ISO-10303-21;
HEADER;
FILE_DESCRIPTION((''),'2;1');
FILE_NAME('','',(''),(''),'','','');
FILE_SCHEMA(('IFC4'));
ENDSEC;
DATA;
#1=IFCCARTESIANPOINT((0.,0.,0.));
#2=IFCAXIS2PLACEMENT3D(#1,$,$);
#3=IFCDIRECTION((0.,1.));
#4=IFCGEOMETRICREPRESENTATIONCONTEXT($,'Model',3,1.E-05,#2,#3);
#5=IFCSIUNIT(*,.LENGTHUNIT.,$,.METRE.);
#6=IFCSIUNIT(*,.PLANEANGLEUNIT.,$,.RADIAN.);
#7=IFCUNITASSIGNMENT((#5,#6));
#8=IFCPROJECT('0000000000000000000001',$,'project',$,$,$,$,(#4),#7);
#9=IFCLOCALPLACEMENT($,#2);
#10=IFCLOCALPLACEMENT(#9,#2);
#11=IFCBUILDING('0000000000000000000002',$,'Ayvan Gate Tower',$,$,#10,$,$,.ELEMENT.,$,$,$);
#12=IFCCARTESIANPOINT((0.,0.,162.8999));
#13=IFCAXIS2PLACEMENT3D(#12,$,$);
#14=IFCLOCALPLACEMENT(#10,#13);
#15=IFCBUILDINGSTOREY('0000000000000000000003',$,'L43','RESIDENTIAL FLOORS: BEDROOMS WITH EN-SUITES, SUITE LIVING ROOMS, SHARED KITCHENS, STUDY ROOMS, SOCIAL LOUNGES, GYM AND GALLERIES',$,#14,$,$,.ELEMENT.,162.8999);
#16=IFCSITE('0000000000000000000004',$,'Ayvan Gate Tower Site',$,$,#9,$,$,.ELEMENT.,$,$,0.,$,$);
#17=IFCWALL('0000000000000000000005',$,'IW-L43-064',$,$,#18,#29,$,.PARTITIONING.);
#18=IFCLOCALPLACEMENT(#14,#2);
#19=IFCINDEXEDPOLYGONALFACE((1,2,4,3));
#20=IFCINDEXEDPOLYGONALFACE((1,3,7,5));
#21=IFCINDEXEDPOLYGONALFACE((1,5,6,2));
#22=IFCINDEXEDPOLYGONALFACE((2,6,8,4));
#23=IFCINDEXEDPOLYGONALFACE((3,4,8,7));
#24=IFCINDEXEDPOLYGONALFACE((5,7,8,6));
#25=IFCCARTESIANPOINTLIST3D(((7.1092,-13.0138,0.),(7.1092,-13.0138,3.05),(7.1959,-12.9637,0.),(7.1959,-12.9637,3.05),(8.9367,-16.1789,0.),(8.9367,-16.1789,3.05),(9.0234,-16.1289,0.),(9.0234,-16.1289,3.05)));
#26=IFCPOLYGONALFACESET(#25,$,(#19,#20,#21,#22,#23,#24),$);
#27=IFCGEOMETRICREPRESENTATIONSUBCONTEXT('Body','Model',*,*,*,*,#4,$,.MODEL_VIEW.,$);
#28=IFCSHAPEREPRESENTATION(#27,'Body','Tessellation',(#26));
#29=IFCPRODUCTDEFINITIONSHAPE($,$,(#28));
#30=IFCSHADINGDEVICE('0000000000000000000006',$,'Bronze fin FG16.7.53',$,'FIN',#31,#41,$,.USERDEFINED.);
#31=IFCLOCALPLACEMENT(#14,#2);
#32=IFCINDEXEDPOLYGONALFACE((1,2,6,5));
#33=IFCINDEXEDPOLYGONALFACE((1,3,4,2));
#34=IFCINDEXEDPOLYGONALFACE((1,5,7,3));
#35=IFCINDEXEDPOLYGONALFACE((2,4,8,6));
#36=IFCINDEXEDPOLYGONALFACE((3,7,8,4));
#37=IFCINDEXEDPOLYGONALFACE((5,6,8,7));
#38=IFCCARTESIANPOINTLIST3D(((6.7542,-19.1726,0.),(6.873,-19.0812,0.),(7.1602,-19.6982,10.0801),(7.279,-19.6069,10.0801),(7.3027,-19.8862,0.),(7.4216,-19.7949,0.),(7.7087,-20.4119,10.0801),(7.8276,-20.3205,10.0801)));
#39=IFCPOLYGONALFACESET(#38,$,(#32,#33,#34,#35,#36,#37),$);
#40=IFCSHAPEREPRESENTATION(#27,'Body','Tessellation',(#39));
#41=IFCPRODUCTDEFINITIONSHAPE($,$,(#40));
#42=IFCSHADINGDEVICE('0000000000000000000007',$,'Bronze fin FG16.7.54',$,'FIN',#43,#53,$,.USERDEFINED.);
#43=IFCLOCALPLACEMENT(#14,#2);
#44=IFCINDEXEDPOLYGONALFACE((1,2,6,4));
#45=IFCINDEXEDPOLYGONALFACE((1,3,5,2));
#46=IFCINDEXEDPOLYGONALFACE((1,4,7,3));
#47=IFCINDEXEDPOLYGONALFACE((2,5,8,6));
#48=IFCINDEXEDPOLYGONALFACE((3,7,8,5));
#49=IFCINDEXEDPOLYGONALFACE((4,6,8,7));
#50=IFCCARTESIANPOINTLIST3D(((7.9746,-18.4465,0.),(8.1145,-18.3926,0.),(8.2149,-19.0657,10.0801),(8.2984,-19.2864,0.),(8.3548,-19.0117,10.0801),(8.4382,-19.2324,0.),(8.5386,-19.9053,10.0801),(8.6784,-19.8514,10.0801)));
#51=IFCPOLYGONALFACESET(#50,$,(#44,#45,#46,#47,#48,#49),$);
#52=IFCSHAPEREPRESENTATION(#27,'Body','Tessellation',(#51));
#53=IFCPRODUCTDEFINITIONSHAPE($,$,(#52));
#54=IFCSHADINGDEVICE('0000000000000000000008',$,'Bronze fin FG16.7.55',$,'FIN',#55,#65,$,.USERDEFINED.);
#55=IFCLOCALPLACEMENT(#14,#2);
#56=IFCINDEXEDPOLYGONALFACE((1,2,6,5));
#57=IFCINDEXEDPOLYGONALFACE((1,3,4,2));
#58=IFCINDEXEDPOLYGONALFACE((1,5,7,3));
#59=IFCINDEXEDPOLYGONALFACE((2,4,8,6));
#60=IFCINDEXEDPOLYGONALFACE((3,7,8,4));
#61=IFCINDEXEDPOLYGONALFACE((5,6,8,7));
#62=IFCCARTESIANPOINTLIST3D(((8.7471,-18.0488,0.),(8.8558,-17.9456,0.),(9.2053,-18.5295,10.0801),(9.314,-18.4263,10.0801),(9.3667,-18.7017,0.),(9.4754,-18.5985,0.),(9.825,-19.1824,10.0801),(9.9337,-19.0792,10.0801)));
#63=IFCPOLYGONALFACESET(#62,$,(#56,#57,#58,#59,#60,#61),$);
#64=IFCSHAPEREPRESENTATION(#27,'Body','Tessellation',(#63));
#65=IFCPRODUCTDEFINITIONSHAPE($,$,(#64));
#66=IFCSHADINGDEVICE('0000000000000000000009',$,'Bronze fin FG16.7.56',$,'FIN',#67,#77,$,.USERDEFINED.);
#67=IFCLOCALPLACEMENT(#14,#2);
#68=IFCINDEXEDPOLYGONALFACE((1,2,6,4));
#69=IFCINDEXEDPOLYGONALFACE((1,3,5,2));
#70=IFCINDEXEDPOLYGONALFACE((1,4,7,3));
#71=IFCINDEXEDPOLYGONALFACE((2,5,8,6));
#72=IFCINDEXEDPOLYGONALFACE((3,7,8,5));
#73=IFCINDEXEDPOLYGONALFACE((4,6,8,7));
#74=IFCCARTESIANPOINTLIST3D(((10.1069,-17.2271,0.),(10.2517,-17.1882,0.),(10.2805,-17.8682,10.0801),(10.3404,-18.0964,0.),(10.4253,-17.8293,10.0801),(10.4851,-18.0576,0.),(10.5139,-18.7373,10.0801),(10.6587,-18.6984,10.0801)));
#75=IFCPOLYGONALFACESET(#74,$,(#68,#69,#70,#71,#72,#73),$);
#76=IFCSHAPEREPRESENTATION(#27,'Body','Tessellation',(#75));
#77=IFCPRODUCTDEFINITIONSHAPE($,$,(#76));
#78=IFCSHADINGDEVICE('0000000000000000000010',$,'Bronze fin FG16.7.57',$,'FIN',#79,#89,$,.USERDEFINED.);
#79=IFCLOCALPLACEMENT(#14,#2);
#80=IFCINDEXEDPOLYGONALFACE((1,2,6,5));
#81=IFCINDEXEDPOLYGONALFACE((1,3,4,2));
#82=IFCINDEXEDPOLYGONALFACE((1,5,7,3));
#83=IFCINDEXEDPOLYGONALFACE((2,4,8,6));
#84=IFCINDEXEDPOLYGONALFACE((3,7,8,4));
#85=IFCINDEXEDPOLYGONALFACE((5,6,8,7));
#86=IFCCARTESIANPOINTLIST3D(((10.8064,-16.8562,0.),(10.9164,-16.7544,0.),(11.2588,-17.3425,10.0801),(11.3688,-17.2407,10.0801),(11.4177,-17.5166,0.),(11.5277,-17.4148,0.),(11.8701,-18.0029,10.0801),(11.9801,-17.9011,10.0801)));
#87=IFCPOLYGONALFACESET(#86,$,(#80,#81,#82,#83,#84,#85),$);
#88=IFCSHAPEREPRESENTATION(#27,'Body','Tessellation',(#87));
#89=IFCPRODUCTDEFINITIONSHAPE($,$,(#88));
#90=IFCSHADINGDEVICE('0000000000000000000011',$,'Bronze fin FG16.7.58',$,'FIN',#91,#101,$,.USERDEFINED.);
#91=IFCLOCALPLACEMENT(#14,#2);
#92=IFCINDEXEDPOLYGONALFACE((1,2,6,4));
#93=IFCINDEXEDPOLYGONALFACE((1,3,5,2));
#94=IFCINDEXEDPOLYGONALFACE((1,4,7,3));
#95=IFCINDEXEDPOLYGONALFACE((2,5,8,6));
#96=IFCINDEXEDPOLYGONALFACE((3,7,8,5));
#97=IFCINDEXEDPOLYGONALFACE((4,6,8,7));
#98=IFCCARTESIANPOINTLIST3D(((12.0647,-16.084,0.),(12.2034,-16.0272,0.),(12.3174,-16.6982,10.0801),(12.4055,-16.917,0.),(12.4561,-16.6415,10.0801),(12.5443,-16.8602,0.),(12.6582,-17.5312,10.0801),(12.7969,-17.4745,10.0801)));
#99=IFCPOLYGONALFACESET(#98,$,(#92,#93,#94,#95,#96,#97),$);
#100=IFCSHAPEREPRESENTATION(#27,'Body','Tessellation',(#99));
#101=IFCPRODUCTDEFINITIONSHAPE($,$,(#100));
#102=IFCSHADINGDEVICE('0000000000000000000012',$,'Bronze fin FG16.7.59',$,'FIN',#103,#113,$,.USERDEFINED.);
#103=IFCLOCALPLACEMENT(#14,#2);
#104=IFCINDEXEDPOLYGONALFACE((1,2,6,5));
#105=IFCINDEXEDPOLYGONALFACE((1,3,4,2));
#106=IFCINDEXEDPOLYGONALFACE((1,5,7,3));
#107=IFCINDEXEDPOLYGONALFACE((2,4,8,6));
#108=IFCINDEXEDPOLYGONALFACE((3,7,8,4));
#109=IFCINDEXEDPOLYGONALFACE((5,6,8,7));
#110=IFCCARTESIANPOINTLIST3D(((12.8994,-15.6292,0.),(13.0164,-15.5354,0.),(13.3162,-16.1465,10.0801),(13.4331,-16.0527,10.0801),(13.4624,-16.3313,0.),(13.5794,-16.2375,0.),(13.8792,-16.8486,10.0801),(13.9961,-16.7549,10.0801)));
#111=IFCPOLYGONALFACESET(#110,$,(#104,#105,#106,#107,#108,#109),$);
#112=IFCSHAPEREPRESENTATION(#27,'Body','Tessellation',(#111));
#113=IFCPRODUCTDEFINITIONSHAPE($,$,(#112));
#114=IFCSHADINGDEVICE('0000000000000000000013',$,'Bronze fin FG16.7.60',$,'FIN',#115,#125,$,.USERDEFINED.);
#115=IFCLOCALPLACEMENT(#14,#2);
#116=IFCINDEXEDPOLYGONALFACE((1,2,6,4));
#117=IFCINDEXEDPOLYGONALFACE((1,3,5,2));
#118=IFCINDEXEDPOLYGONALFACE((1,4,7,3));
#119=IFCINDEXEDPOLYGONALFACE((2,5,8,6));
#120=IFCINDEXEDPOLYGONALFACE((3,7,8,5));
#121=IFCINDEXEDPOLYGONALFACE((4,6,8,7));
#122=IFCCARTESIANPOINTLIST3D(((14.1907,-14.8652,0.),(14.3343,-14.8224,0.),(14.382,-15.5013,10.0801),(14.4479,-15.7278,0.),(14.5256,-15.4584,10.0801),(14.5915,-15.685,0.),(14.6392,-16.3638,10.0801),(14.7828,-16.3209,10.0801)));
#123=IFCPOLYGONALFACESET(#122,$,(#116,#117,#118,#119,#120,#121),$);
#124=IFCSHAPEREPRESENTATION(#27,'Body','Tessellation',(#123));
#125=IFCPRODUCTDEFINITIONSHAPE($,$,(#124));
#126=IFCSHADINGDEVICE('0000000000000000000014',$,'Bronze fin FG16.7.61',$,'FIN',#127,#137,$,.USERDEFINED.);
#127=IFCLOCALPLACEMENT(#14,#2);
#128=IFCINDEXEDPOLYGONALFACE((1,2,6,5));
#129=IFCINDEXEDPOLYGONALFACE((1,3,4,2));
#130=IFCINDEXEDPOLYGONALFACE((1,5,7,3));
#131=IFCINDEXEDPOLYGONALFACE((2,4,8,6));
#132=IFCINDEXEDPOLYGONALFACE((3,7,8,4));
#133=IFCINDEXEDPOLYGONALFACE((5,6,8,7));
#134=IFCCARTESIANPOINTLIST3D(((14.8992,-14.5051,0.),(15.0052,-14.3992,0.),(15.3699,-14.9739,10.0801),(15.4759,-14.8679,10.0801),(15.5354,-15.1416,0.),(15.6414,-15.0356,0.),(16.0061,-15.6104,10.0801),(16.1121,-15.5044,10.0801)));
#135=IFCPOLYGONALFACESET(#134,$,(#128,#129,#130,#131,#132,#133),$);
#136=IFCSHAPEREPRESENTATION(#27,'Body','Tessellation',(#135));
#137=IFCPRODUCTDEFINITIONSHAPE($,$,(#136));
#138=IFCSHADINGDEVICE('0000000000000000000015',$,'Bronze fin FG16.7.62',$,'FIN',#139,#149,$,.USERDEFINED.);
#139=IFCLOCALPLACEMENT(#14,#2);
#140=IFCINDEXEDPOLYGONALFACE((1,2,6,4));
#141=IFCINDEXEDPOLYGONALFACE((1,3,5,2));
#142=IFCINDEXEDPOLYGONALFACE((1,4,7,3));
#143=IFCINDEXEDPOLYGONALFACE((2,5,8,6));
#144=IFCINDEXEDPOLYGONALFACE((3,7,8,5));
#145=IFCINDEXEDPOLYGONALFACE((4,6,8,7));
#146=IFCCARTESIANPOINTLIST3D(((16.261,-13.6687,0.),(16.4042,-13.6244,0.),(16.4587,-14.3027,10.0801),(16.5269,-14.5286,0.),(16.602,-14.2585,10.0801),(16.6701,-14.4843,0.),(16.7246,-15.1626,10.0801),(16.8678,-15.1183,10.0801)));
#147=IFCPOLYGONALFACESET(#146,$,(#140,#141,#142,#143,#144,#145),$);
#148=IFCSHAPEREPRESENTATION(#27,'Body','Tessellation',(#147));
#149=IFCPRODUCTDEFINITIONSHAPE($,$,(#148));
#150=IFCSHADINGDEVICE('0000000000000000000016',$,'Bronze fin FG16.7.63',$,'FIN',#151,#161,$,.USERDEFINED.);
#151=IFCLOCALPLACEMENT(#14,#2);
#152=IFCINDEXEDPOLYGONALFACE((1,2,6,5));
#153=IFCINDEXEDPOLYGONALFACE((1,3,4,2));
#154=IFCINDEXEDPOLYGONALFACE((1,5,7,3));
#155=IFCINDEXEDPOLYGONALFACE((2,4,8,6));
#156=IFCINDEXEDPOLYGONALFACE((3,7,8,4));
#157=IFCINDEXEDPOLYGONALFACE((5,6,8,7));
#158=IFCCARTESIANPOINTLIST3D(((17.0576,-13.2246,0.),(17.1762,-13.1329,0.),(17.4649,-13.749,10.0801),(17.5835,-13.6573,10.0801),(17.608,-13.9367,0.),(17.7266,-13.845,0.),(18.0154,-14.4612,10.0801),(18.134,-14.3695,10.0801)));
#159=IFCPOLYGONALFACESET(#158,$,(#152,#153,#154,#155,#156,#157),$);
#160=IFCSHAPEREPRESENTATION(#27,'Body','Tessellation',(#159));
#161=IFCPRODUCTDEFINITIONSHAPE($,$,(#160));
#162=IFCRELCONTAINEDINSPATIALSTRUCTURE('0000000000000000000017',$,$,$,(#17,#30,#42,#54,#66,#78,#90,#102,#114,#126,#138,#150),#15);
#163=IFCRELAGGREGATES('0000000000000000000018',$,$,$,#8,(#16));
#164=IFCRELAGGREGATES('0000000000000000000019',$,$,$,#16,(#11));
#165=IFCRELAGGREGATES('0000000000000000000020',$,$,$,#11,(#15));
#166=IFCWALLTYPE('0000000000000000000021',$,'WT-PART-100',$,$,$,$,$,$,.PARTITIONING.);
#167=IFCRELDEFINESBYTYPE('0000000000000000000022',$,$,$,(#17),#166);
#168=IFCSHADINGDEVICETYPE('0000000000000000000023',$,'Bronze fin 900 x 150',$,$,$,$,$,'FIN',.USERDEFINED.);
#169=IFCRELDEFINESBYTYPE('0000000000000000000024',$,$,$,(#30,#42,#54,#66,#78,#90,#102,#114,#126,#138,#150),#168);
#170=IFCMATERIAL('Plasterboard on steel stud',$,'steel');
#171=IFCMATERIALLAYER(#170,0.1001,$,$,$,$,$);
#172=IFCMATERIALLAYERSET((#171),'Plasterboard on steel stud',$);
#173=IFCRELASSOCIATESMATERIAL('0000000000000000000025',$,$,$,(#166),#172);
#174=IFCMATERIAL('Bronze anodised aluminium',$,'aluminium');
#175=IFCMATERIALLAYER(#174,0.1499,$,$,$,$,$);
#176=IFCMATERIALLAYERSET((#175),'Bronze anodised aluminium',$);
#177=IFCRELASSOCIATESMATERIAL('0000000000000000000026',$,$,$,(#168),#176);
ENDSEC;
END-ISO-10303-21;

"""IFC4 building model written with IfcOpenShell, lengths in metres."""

from ifc_helpers import new_model, si_unit, direction, frame, frame_2d, origin, place, context, subcontext, project, spatial, polyline, rectangle, outline, extrude, material, layer, layer_set, type_object, element, save


model = new_model("IFC4")

# Units and contexts
model_context = context("Model", 3, precision=1e-05, world=origin(), true_north=direction((0.0, 1.0)))
body_context = subcontext(model_context, "Body", "Model", "MODEL_VIEW")
ifc_project = project(units=[si_unit("LENGTHUNIT", "METRE"), si_unit("PLANEANGLEUNIT", "RADIAN")], contexts=[model_context])

# Site, building, storey
site_placement = place(None, origin())
site = spatial("IfcSite", under=ifc_project, at=site_placement, Name="Ayvan Gate Tower Site", CompositionType="ELEMENT", RefElevation=0.0)
building_placement = place(site_placement, origin())
building = spatial("IfcBuilding", under=site, at=building_placement, Name="Ayvan Gate Tower", CompositionType="ELEMENT")
storey_placement = place(building_placement, frame((0.0, 0.0, 162.8999)))
storey = spatial("IfcBuildingStorey", under=building, at=storey_placement, Name="L43", Description="RESIDENTIAL FLOORS: BEDROOMS WITH EN-SUITES, SUITE LIVING ROOMS, SHARED KITCHENS, STUDY ROOMS, SOCIAL LOUNGES, GYM AND GALLERIES", CompositionType="ELEMENT", Elevation=162.8999)

# Shared definitions
ifc_material_1 = material(Name="Bronze anodised aluminium", Category="aluminium")

# Wall
ifc_material_2 = material(Name="Plasterboard on steel stud", Category="steel")
ifc_layer_1 = layer(ifc_material_2, 0.1001)
ifc_layer_set_1 = layer_set([ifc_layer_1], Name="Plasterboard on steel stud")
wall_type_1 = type_object("IfcWallType", Name="WT-PART-100", PredefinedType="PARTITIONING", material=ifc_layer_set_1)
wall_1_placement = place(storey_placement, frame((7.1526, -12.9888, 0.0), z_axis=(0.0, 0.0, 1.0), x_axis=(0.500012, -0.866019, 0.0)))
element("IfcWall", 1, at=wall_1_placement, inside=storey, type_object=wall_type_1, Name="IW-L43-064", PredefinedType="PARTITIONING", context=body_context, shape_type="SweptSolid", body=[
    extrude(rectangle(XDim=3.6548, YDim=0.1001, at=frame_2d((1.8274, 0.0))), origin(), (0.0, 0.0, 1.0), 3.05),
])

# Shading devices
ifc_layer_2 = layer(ifc_material_1, 0.1499)
ifc_layer_set_2 = layer_set([ifc_layer_2], Name="Bronze anodised aluminium")
shading_device_type = type_object("IfcShadingDeviceType", Name="Bronze fin 900 x 150", ElementType="FIN", PredefinedType="USERDEFINED", material=ifc_layer_set_2)
shading_device_1_placement = place(storey_placement, frame((6.7542, -19.1726, 0.0), z_axis=(-0.792816, -0.609462, 0.000152), x_axis=(0.609462, -0.792816, 0.0)))
element("IfcShadingDevice", 2, at=shading_device_1_placement, inside=storey, type_object=shading_device_type, Name="Bronze fin FG16.7.53", ObjectType="FIN", PredefinedType="USERDEFINED", context=body_context, shape_type="SweptSolid", body=[
    extrude(outline(polyline([(0.0, 0.0), (0.9001, 0.0), (1.5643, 10.0801), (0.6642, 10.0801), (0.0, 0.0)])), origin(), (0.0, 0.0, -1.0), 0.1499),
])
shading_device_2_placement = place(storey_placement, frame((7.9746, -18.4465, 0.0), z_axis=(-0.933062, -0.359715, 0.000147), x_axis=(0.359715, -0.933062, 0.0)))
element("IfcShadingDevice", 3, at=shading_device_2_placement, inside=storey, type_object=shading_device_type, Name="Bronze fin FG16.7.54", ObjectType="FIN", PredefinedType="USERDEFINED", context=body_context, shape_type="SweptSolid", body=[
    extrude(outline(polyline([(0.0, 0.0), (0.9001, 0.0), (1.564, 10.0801), (0.6641, 10.0801), (0.0, 0.0)])), origin(), (0.0, 0.0, -1.0), 0.1499),
])
shading_device_3_placement = place(storey_placement, frame((8.7471, -18.0488, 0.0), z_axis=(-0.725311, -0.688421, 0.000143), x_axis=(0.688421, -0.725311, 0.0)))
element("IfcShadingDevice", 4, at=shading_device_3_placement, inside=storey, type_object=shading_device_type, Name="Bronze fin FG16.7.55", ObjectType="FIN", PredefinedType="USERDEFINED", context=body_context, shape_type="SweptSolid", body=[
    extrude(outline(polyline([(0.0, 0.0), (0.9001, 0.0), (1.5642, 10.0801), (0.6641, 10.0801), (0.0, 0.0)])), origin(), (0.0, 0.0, -1.0), 0.1499),
])
shading_device_4_placement = place(storey_placement, frame((10.1069, -17.2271, 0.0), z_axis=(-0.965792, -0.259317, 0.000141), x_axis=(0.259317, -0.965792, 0.0)))
element("IfcShadingDevice", 5, at=shading_device_4_placement, inside=storey, type_object=shading_device_type, Name="Bronze fin FG16.7.56", ObjectType="FIN", PredefinedType="USERDEFINED", context=body_context, shape_type="SweptSolid", body=[
    extrude(outline(polyline([(0.0, 0.0), (0.9002, 0.0), (1.5641, 10.0801), (0.6642, 10.0801), (0.0, 0.0)])), origin(), (0.0, 0.0, -1.0), 0.1499),
])
shading_device_5_placement = place(storey_placement, frame((10.8064, -16.8562, 0.0), z_axis=(-0.733846, -0.679316, 0.00016), x_axis=(0.679316, -0.733846, 0.0)))
element("IfcShadingDevice", 6, at=shading_device_5_placement, inside=storey, type_object=shading_device_type, Name="Bronze fin FG16.7.57", ObjectType="FIN", PredefinedType="USERDEFINED", context=body_context, shape_type="SweptSolid", body=[
    extrude(outline(polyline([(0.0, 0.0), (0.8999, 0.0), (1.5641, 10.0801), (0.6642, 10.0801), (0.0, 0.0)])), origin(), (0.0, 0.0, -1.0), 0.1499),
])
shading_device_6_placement = place(storey_placement, frame((12.0647, -16.084, 0.0), z_axis=(-0.92553, -0.378675, 0.000125), x_axis=(0.378675, -0.92553, 0.0)))
element("IfcShadingDevice", 7, at=shading_device_6_placement, inside=storey, type_object=shading_device_type, Name="Bronze fin FG16.7.58", ObjectType="FIN", PredefinedType="USERDEFINED", context=body_context, shape_type="SweptSolid", body=[
    extrude(outline(polyline([(0.0, 0.0), (0.9, 0.0), (1.5642, 10.0801), (0.6642, 10.0801), (0.0, 0.0)])), origin(), (0.0, 0.0, -1.0), 0.1499),
])
shading_device_7_placement = place(storey_placement, frame((12.8994, -15.6292, 0.0), z_axis=(-0.78018, -0.625555, 0.000151), x_axis=(0.625555, -0.78018, 0.0)))
element("IfcShadingDevice", 8, at=shading_device_7_placement, inside=storey, type_object=shading_device_type, Name="Bronze fin FG16.7.59", ObjectType="FIN", PredefinedType="USERDEFINED", context=body_context, shape_type="SweptSolid", body=[
    extrude(outline(polyline([(0.0, 0.0), (0.9, 0.0), (1.5643, 10.0801), (0.6643, 10.0801), (0.0, 0.0)])), origin(), (0.0, 0.0, -1.0), 0.1499),
])
shading_device_8_placement = place(storey_placement, frame((14.1907, -14.8652, 0.0), z_axis=(-0.958303, -0.285755, 0.000156), x_axis=(0.285755, -0.958303, 0.0)))
element("IfcShadingDevice", 9, at=shading_device_8_placement, inside=storey, type_object=shading_device_type, Name="Bronze fin FG16.7.60", ObjectType="FIN", PredefinedType="USERDEFINED", context=body_context, shape_type="SweptSolid", body=[
    extrude(outline(polyline([(0.0, 0.0), (0.9001, 0.0), (1.5642, 10.0801), (0.6642, 10.0801), (0.0, 0.0)])), origin(), (0.0, 0.0, -1.0), 0.1499),
])
shading_device_9_placement = place(storey_placement, frame((14.8992, -14.5051, 0.0), z_axis=(-0.707242, -0.706971, 0.00015), x_axis=(0.706971, -0.707242, 0.0)))
element("IfcShadingDevice", 10, at=shading_device_9_placement, inside=storey, type_object=shading_device_type, Name="Bronze fin FG16.7.61", ObjectType="FIN", PredefinedType="USERDEFINED", context=body_context, shape_type="SweptSolid", body=[
    extrude(outline(polyline([(0.0, 0.0), (0.8999, 0.0), (1.5642, 10.0801), (0.6643, 10.0801), (0.0, 0.0)])), origin(), (0.0, 0.0, -1.0), 0.1499),
])
shading_device_10_placement = place(storey_placement, frame((16.261, -13.6687, 0.0), z_axis=(-0.955373, -0.295401, 0.000162), x_axis=(0.295401, -0.955373, 0.0)))
element("IfcShadingDevice", 11, at=shading_device_10_placement, inside=storey, type_object=shading_device_type, Name="Bronze fin FG16.7.62", ObjectType="FIN", PredefinedType="USERDEFINED", context=body_context, shape_type="SweptSolid", body=[
    extrude(outline(polyline([(0.0, 0.0), (0.9, 0.0), (1.5642, 10.0801), (0.6642, 10.0801), (0.0, 0.0)])), origin(), (0.0, 0.0, -1.0), 0.1499),
])
shading_device_11_placement = place(storey_placement, frame((17.0576, -13.2246, 0.0), z_axis=(-0.791225, -0.611525, 0.00016), x_axis=(0.611525, -0.791225, 0.0)))
element("IfcShadingDevice", 12, at=shading_device_11_placement, inside=storey, type_object=shading_device_type, Name="Bronze fin FG16.7.63", ObjectType="FIN", PredefinedType="USERDEFINED", context=body_context, shape_type="SweptSolid", body=[
    extrude(outline(polyline([(0.0, 0.0), (0.9, 0.0), (1.5641, 10.0801), (0.664, 10.0801), (0.0, 0.0)])), origin(), (0.0, 0.0, -1.0), 0.1499),
])

save(model, "model.ifc")
